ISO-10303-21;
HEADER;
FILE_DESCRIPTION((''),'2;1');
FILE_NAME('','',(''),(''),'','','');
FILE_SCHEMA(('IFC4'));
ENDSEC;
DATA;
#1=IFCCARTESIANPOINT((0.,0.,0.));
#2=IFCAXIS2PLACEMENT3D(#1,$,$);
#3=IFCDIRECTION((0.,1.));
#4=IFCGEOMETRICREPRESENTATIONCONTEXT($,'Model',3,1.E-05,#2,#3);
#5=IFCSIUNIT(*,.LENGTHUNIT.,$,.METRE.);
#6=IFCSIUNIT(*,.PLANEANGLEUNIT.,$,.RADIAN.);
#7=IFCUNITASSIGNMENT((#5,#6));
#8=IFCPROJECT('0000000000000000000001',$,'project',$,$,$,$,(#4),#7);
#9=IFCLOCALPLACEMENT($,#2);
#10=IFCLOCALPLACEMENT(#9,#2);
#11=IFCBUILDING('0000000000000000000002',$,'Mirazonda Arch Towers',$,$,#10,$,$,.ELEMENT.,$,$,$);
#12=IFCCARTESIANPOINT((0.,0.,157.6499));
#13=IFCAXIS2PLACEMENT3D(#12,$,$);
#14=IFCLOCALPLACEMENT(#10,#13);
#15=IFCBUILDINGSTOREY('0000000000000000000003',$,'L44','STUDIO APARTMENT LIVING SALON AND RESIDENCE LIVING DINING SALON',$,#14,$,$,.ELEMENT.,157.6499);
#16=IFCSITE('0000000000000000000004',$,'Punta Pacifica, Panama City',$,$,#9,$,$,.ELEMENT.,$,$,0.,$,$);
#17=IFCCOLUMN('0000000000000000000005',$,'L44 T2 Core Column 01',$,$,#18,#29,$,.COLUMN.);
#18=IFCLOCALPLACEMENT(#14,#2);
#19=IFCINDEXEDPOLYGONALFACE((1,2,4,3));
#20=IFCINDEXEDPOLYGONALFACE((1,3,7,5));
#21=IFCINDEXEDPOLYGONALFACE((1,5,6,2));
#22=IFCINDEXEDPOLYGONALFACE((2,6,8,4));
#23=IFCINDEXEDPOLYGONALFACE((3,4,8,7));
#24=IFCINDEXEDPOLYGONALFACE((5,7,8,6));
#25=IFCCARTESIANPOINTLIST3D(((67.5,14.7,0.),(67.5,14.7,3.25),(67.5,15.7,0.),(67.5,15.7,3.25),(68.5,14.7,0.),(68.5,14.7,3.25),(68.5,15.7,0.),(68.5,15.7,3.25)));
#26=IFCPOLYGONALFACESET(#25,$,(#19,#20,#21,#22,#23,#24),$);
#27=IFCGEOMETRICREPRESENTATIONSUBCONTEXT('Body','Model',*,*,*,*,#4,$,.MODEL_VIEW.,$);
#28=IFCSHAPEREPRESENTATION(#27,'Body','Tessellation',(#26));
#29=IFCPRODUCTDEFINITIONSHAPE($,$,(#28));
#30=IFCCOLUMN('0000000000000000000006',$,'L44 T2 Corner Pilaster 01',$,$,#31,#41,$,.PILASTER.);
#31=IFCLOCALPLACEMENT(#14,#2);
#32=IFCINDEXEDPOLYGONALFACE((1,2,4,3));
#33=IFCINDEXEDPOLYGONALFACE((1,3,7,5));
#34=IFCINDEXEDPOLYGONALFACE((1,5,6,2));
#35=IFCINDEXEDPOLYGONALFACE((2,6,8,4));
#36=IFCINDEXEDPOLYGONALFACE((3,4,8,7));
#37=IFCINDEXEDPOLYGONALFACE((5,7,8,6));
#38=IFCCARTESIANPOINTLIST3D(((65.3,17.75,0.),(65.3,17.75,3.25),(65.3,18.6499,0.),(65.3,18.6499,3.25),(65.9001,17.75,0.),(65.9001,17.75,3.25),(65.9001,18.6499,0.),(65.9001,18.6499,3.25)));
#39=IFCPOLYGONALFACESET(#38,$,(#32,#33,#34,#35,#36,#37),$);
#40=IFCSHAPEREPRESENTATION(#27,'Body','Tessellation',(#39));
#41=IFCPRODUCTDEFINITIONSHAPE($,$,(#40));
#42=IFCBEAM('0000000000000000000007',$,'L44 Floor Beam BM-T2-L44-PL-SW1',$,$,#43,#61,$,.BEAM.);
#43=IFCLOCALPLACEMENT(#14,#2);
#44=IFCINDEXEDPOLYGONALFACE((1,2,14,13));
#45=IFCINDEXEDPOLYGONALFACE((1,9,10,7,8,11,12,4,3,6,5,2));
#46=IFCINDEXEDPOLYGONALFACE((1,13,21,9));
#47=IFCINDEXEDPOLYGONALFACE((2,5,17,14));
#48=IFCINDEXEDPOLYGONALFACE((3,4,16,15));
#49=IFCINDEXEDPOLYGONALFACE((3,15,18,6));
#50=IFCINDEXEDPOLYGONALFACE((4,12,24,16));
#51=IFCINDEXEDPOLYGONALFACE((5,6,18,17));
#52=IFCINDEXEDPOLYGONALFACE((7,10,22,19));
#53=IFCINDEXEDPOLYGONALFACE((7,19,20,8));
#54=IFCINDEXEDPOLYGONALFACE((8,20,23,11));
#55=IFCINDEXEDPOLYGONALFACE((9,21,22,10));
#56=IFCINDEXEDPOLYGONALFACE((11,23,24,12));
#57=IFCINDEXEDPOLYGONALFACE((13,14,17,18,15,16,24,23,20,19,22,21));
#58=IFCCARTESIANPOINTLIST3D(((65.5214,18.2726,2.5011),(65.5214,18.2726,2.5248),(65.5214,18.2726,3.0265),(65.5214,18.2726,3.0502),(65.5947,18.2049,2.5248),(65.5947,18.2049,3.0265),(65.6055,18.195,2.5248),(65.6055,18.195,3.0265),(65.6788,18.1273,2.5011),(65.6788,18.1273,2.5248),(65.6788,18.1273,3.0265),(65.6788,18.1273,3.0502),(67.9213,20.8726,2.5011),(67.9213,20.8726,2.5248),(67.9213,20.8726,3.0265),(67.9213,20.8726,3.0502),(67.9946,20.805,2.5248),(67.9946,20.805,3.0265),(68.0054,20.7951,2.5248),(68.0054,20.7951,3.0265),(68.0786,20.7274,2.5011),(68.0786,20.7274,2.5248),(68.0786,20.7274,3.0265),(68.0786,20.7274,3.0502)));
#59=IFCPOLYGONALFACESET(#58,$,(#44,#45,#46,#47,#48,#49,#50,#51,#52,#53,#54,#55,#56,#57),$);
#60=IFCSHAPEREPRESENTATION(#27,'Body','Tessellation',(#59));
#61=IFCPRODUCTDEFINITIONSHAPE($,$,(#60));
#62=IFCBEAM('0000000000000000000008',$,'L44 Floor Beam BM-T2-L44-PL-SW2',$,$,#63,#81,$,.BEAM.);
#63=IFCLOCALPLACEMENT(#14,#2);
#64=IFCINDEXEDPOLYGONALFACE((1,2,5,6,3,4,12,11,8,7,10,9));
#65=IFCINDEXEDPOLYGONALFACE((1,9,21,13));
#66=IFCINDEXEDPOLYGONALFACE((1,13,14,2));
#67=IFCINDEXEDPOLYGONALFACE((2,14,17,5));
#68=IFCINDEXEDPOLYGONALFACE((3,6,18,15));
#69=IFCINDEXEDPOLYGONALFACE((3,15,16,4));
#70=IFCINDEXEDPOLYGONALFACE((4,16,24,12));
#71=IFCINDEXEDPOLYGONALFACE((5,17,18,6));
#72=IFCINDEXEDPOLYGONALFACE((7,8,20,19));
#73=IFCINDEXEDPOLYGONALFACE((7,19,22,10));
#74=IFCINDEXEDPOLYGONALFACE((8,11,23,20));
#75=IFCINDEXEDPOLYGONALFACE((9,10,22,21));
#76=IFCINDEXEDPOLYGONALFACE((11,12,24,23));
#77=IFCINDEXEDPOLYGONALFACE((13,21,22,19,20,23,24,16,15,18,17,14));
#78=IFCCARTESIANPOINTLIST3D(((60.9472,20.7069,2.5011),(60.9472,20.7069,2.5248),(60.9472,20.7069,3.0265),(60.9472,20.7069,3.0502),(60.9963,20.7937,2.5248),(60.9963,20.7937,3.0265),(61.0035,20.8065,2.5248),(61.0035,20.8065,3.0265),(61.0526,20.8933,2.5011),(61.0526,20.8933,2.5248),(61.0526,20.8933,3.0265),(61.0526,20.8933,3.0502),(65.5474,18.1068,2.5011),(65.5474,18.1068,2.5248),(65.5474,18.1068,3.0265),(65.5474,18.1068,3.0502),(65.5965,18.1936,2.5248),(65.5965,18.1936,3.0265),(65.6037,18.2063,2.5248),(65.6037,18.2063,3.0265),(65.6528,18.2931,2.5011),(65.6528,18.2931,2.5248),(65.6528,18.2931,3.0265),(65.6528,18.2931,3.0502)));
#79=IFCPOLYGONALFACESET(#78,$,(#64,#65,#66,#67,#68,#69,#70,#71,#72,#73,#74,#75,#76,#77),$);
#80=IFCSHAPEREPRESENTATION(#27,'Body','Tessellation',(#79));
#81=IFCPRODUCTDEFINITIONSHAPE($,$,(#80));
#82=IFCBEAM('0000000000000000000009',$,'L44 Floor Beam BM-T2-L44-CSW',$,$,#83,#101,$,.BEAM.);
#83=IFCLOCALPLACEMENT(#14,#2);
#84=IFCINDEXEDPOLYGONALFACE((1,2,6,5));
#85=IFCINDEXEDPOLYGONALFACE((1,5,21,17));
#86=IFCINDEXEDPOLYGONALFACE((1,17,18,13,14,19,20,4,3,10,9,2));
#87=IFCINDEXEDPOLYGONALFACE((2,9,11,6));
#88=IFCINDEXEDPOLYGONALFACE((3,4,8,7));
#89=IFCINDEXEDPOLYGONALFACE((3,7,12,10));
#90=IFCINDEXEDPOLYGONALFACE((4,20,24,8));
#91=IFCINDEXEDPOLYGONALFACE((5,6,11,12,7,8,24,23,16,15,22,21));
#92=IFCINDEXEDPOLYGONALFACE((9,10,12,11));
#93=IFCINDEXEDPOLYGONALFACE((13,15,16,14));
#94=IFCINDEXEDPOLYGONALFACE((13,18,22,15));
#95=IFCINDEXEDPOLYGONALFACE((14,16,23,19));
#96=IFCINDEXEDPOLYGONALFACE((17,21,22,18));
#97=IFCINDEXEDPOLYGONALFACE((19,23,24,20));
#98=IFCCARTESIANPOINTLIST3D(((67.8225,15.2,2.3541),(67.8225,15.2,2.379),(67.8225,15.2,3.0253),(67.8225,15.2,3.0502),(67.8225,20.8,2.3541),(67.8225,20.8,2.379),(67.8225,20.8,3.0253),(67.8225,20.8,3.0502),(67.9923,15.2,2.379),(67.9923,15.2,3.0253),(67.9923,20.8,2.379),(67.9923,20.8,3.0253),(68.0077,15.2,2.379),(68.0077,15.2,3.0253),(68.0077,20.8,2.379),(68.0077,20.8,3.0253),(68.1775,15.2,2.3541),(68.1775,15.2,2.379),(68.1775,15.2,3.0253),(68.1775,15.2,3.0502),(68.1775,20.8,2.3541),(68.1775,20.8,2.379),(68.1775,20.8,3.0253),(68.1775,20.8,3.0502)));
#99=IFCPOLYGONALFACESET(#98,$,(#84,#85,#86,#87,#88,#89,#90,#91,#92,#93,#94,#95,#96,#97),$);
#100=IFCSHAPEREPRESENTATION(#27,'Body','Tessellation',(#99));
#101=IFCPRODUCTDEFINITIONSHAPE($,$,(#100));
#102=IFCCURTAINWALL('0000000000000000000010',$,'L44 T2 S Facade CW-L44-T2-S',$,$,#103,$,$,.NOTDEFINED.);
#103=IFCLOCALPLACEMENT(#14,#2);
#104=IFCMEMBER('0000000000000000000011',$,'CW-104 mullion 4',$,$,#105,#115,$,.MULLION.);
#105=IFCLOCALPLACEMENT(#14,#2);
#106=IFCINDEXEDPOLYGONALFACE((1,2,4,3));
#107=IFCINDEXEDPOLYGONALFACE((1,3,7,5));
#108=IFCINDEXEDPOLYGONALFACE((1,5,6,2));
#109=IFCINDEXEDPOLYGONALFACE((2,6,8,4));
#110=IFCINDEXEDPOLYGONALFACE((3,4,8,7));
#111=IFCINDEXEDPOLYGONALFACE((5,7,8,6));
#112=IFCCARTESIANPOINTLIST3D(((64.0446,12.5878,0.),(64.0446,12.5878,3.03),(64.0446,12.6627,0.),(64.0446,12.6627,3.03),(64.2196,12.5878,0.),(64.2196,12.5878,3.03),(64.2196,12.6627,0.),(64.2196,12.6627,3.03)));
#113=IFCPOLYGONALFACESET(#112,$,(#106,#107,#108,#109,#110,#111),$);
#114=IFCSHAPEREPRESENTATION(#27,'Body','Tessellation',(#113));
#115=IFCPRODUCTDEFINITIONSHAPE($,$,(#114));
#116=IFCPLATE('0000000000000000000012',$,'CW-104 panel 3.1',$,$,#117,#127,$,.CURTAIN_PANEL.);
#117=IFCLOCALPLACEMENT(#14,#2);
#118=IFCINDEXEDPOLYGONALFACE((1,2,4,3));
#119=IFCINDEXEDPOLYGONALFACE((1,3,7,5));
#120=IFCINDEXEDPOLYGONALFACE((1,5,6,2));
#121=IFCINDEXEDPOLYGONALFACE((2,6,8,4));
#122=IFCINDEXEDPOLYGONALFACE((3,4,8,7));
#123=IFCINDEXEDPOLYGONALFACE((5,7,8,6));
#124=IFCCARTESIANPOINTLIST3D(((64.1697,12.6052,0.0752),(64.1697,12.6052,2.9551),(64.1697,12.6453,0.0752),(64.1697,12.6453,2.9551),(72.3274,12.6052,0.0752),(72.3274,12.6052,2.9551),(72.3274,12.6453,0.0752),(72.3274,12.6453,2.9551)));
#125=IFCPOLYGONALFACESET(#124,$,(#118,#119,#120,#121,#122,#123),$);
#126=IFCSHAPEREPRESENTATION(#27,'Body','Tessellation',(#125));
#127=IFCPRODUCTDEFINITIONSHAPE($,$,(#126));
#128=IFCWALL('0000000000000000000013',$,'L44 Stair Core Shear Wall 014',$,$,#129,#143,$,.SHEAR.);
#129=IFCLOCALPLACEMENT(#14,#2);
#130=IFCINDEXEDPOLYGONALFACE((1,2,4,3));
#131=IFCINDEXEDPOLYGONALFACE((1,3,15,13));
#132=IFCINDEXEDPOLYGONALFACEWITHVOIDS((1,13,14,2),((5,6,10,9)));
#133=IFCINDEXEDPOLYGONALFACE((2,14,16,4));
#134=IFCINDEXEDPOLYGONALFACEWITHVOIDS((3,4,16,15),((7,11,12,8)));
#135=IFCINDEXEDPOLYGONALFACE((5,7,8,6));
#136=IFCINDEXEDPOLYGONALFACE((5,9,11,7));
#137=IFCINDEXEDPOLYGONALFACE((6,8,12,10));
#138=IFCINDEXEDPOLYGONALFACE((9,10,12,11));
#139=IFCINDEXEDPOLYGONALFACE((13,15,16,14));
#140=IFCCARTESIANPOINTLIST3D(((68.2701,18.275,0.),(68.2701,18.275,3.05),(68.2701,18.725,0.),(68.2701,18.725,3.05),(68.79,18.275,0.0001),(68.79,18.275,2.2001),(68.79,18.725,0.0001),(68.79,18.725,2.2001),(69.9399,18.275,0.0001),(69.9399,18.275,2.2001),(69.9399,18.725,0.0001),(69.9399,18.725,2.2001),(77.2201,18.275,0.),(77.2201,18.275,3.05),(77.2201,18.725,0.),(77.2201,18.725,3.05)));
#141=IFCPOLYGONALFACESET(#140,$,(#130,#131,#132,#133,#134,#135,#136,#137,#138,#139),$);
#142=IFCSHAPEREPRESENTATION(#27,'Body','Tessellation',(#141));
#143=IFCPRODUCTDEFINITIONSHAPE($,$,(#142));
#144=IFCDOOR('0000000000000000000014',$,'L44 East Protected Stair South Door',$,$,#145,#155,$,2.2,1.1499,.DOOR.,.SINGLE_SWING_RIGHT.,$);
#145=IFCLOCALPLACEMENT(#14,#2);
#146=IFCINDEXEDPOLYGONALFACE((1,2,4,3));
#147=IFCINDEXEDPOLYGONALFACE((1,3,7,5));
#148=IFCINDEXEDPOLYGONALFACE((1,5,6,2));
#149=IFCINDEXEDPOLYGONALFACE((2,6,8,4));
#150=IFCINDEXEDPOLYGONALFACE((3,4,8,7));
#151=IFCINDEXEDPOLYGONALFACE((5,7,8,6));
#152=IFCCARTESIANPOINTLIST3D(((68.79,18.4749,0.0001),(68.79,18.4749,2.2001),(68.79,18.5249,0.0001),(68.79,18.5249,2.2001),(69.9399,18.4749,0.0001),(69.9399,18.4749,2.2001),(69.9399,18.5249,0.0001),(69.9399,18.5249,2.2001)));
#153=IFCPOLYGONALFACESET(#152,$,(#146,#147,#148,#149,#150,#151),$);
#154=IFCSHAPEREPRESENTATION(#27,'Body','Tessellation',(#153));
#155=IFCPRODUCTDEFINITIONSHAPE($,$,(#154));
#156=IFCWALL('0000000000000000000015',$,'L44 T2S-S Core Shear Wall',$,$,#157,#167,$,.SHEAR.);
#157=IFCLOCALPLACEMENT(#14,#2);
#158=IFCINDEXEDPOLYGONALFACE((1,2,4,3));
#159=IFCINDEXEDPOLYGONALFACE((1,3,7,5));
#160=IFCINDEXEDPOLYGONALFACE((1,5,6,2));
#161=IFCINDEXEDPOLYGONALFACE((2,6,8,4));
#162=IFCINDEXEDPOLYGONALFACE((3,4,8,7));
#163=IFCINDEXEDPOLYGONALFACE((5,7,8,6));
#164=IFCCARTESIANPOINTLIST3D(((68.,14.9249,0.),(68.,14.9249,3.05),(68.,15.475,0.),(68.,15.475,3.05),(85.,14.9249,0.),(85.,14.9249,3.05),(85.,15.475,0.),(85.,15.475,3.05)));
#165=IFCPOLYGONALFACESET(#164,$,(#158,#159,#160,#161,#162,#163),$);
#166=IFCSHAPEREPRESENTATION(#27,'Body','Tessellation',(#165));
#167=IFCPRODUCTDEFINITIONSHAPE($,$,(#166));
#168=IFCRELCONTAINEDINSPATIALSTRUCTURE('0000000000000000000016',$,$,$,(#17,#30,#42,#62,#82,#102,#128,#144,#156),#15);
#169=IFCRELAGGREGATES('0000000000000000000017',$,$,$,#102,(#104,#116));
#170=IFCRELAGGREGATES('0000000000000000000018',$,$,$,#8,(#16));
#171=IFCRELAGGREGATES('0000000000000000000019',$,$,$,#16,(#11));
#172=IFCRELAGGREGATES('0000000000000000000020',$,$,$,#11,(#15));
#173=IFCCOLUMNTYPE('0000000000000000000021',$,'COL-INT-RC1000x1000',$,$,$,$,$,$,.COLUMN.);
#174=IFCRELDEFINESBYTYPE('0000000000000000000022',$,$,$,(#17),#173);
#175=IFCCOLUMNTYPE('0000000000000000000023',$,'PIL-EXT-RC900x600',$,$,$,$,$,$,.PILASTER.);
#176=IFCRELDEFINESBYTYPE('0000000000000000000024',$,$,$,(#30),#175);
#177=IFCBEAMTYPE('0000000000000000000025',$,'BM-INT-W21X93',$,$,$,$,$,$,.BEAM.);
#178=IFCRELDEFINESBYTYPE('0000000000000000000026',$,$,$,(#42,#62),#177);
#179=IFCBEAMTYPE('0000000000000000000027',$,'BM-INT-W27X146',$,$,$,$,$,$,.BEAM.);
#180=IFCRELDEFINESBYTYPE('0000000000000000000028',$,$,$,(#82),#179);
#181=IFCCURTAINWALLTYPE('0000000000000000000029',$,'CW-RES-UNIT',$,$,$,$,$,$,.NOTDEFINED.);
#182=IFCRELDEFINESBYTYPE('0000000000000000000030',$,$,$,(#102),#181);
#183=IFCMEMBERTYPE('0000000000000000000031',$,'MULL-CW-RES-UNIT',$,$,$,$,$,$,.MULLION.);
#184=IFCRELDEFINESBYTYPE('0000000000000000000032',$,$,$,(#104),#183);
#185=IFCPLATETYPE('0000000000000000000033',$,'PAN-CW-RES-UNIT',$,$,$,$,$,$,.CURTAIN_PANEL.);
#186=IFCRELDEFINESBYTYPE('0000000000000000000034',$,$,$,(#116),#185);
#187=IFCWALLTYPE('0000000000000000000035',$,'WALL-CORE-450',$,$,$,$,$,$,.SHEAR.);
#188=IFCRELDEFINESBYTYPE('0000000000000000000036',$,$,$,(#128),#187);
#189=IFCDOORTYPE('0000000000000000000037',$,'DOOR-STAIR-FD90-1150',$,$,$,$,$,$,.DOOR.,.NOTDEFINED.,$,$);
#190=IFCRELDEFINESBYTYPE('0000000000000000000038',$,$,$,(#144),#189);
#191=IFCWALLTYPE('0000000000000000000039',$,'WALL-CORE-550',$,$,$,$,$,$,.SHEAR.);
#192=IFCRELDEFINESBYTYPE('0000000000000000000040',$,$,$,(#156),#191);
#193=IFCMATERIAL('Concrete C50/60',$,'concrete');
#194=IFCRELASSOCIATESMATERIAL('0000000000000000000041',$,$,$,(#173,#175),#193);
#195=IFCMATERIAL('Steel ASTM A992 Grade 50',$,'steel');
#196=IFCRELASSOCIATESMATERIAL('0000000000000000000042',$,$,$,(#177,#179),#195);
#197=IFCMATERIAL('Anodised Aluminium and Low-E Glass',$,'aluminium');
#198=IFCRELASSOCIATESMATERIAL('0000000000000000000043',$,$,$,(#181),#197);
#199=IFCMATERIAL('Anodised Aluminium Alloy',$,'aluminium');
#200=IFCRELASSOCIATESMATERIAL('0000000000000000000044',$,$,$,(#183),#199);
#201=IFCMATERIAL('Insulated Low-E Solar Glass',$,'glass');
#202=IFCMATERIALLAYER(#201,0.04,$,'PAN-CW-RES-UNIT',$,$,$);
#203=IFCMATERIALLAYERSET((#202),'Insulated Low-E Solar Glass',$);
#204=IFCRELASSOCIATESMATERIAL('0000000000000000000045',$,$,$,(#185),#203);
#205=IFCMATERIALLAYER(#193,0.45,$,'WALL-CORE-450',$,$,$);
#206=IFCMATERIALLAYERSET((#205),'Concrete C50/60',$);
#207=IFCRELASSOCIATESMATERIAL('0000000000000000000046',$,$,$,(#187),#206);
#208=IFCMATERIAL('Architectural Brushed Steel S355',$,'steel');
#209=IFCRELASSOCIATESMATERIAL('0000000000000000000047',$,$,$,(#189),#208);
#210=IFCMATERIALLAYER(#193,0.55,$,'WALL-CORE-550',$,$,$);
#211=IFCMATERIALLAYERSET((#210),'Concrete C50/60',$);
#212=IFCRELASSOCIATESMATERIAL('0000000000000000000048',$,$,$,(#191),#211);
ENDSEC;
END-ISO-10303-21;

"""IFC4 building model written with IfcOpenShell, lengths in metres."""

from ifc_helpers import new_model, si_unit, direction, frame, frame_2d, origin, origin_2d, place, context, subcontext, project, spatial, rectangle, i_section, extrude, material, layer, layer_set, material_profile, profile_set, type_object, element, fill, aggregate, save


model = new_model("IFC4")

# Units and contexts
model_context = context("Model", 3, precision=1e-05, world=origin(), true_north=direction((0.0, 1.0)))
body_context = subcontext(model_context, "Body", "Model", "MODEL_VIEW")
ifc_project = project(units=[si_unit("LENGTHUNIT", "METRE"), si_unit("PLANEANGLEUNIT", "RADIAN")], contexts=[model_context])

# Site, building, storey
site_placement = place(None, origin())
site = spatial("IfcSite", under=ifc_project, at=site_placement, Name="Punta Pacifica, Panama City", CompositionType="ELEMENT", RefElevation=0.0)
building_placement = place(site_placement, origin())
building = spatial("IfcBuilding", under=site, at=building_placement, Name="Mirazonda Arch Towers", CompositionType="ELEMENT")
storey_placement = place(building_placement, frame((0.0, 0.0, 157.6499)))
storey = spatial("IfcBuildingStorey", under=building, at=storey_placement, Name="L44", Description="STUDIO APARTMENT LIVING SALON AND RESIDENCE LIVING DINING SALON", CompositionType="ELEMENT", Elevation=157.6499)

# Columns
ifc_material_1 = material(Name="Concrete C50/60", Category="concrete")
ifc_material_profile_1 = material_profile(ifc_material_1, rectangle(XDim=1.0, YDim=1.0, at=origin_2d()), Name="RC1000x1000")
ifc_profile_set_1 = profile_set([ifc_material_profile_1], Name="Concrete C50/60")
column_type_1 = type_object("IfcColumnType", Name="COL-INT-RC1000x1000", PredefinedType="COLUMN", material=ifc_profile_set_1)
column_1_placement = place(storey_placement, frame((68.0, 15.2, 0.0), z_axis=(0.0, 0.0, 1.0), x_axis=(1.0, 0.0, 0.0)))
element("IfcColumn", 1, at=column_1_placement, inside=storey, type_object=column_type_1, Name="L44 T2 Core Column 01", PredefinedType="COLUMN", context=body_context, shape_type="SweptSolid", body=[
    extrude(rectangle(XDim=1.0, YDim=1.0, at=origin_2d()), origin(), (0.0, 0.0, 1.0), 3.25),
])
ifc_material_profile_2 = material_profile(ifc_material_1, rectangle(XDim=0.6001, YDim=0.8999, at=origin_2d()), Name="RC900x600")
ifc_profile_set_2 = profile_set([ifc_material_profile_2], Name="Concrete C50/60")
column_type_2 = type_object("IfcColumnType", Name="PIL-EXT-RC900x600", PredefinedType="PILASTER", material=ifc_profile_set_2)
column_2_placement = place(storey_placement, frame((65.6001, 18.2, 0.0), z_axis=(0.0, 0.0, 1.0), x_axis=(1.0, 0.0, 0.0)))
element("IfcColumn", 2, at=column_2_placement, inside=storey, type_object=column_type_2, Name="L44 T2 Corner Pilaster 01", PredefinedType="PILASTER", context=body_context, shape_type="SweptSolid", body=[
    extrude(rectangle(XDim=0.6001, YDim=0.8999, at=origin_2d()), origin(), (0.0, 0.0, 1.0), 3.25),
])

# Beams
ifc_material_2 = material(Name="Steel ASTM A992 Grade 50", Category="steel")
ifc_material_profile_3 = material_profile(ifc_material_2, i_section(OverallWidth=0.2141, OverallDepth=0.5491, WebThickness=0.0146, FlangeThickness=0.0237, at=origin_2d()), Name="W21X93")
ifc_profile_set_3 = profile_set([ifc_material_profile_3], Name="Steel ASTM A992 Grade 50")
beam_type_1 = type_object("IfcBeamType", Name="BM-INT-W21X93", PredefinedType="BEAM", material=ifc_profile_set_3)
beam_1_placement = place(storey_placement, frame((65.6001, 18.2, 2.7756), z_axis=(0.678251, 0.73483, 0.0), x_axis=(-0.73483, 0.678251, 0.0)))
element("IfcBeam", 3, at=beam_1_placement, inside=storey, type_object=beam_type_1, Name="L44 Floor Beam BM-T2-L44-PL-SW1", PredefinedType="BEAM", context=body_context, shape_type="SweptSolid", body=[
    extrude(i_section(OverallWidth=0.2141, OverallDepth=0.5491, WebThickness=0.0146, FlangeThickness=0.0237, at=origin_2d()), origin(), (0.0, 0.0, 1.0), 3.5383),
])
beam_2_placement = place(storey_placement, frame((65.6001, 18.2, 2.7756), z_axis=(-0.870559, 0.492063, 0.0), x_axis=(-0.492063, -0.870559, 0.0)))
element("IfcBeam", 4, at=beam_2_placement, inside=storey, type_object=beam_type_1, Name="L44 Floor Beam BM-T2-L44-PL-SW2", PredefinedType="BEAM", context=body_context, shape_type="SweptSolid", body=[
    extrude(i_section(OverallWidth=0.2141, OverallDepth=0.5491, WebThickness=0.0146, FlangeThickness=0.0237, at=origin_2d()), origin(), (0.0, 0.0, 1.0), 5.2842),
])
ifc_material_profile_4 = material_profile(ifc_material_2, i_section(OverallWidth=0.355, OverallDepth=0.696, WebThickness=0.0154, FlangeThickness=0.0249, at=origin_2d()), Name="W27X146")
ifc_profile_set_4 = profile_set([ifc_material_profile_4], Name="Steel ASTM A992 Grade 50")
beam_type_2 = type_object("IfcBeamType", Name="BM-INT-W27X146", PredefinedType="BEAM", material=ifc_profile_set_4)
beam_3_placement = place(storey_placement, frame((68.0, 15.2, 2.7021), z_axis=(0.0, 1.0, 0.0), x_axis=(-1.0, 0.0, 0.0)))
element("IfcBeam", 5, at=beam_3_placement, inside=storey, type_object=beam_type_2, Name="L44 Floor Beam BM-T2-L44-CSW", PredefinedType="BEAM", context=body_context, shape_type="SweptSolid", body=[
    extrude(i_section(OverallWidth=0.355, OverallDepth=0.696, WebThickness=0.0154, FlangeThickness=0.0249, at=origin_2d()), origin(), (0.0, 0.0, 1.0), 5.6001),
])

# Curtain wall, member, plate
ifc_material_3 = material(Name="Anodised Aluminium and Low-E Glass", Category="aluminium")
curtain_wall_type = type_object("IfcCurtainWallType", Name="CW-RES-UNIT", PredefinedType="NOTDEFINED", material=ifc_material_3)
curtain_wall_placement = place(storey_placement, origin())
curtain_wall = element("IfcCurtainWall", 6, at=curtain_wall_placement, inside=storey, type_object=curtain_wall_type, Name="L44 T2 S Facade CW-L44-T2-S", PredefinedType="NOTDEFINED")
ifc_material_4 = material(Name="Anodised Aluminium Alloy", Category="aluminium")
ifc_material_profile_5 = material_profile(ifc_material_4, rectangle(XDim=0.075, YDim=0.175, at=origin_2d()), Name="ALU-MULL-75x175")
ifc_profile_set_5 = profile_set([ifc_material_profile_5], Name="Anodised Aluminium Alloy")
member_type = type_object("IfcMemberType", Name="MULL-CW-RES-UNIT", PredefinedType="MULLION", material=ifc_profile_set_5)
member_placement = place(storey_placement, frame((64.1321, 12.6252, 0.0), z_axis=(0.0, 0.0, 1.0), x_axis=(0.0, -1.0, 0.0)))
member = element("IfcMember", 7, at=member_placement, type_object=member_type, Name="CW-104 mullion 4", PredefinedType="MULLION", context=body_context, shape_type="SweptSolid", body=[
    extrude(rectangle(XDim=0.075, YDim=0.175, at=origin_2d()), origin(), (0.0, 0.0, 1.0), 3.03),
])
ifc_material_5 = material(Name="Insulated Low-E Solar Glass", Category="glass")
ifc_layer_1 = layer(ifc_material_5, 0.04, Name="PAN-CW-RES-UNIT")
ifc_layer_set_1 = layer_set([ifc_layer_1], Name="Insulated Low-E Solar Glass")
plate_type = type_object("IfcPlateType", Name="PAN-CW-RES-UNIT", PredefinedType="CURTAIN_PANEL", material=ifc_layer_set_1)
plate_placement = place(storey_placement, frame((68.2485, 12.6252, 0.0752), z_axis=(0.0, 0.0, 1.0), x_axis=(-1.0, 0.0, 0.0)))
plate = element("IfcPlate", 8, at=plate_placement, type_object=plate_type, Name="CW-104 panel 3.1", PredefinedType="CURTAIN_PANEL", context=body_context, shape_type="SweptSolid", body=[
    extrude(rectangle(XDim=8.1577, YDim=0.04, at=origin_2d()), origin(), (0.0, 0.0, 1.0), 2.8799),
])
aggregate(curtain_wall, [member, plate])

# Wall, opening, door
ifc_layer_2 = layer(ifc_material_1, 0.45, Name="WALL-CORE-450")
ifc_layer_set_2 = layer_set([ifc_layer_2], Name="Concrete C50/60")
wall_type_1 = type_object("IfcWallType", Name="WALL-CORE-450", PredefinedType="SHEAR", material=ifc_layer_set_2)
wall_1_placement = place(storey_placement, frame((68.27, 18.5, 0.0), z_axis=(0.0, 0.0, 1.0), x_axis=(1.0, 0.0, 0.0)))
wall_1 = element("IfcWall", 9, at=wall_1_placement, inside=storey, type_object=wall_type_1, Name="L44 Stair Core Shear Wall 014", PredefinedType="SHEAR", context=body_context, shape_type="SweptSolid", body=[
    extrude(rectangle(XDim=8.95, YDim=0.45, at=frame_2d((4.4751, 0.0))), origin(), (0.0, 0.0, 1.0), 3.05),
])
opening_1_placement = place(wall_1_placement, frame((0.52, 0.0, 0.0)))
opening_1 = element("IfcOpeningElement", 10, at=opening_1_placement, cuts=wall_1, PredefinedType="OPENING", context=body_context, shape_type="SweptSolid", body=[
    extrude(rectangle(XDim=1.1499, YDim=2.2, at=frame_2d((0.575, 1.1001))), frame((0.0, 0.2349, 0.0), z_axis=(0.0, -1.0, 0.0), x_axis=(1.0, 0.0, 0.0)), (0.0, 0.0, 1.0), 0.47),
])
ifc_material_6 = material(Name="Architectural Brushed Steel S355", Category="steel")
door_type = type_object("IfcDoorType", Name="DOOR-STAIR-FD90-1150", OperationType="NOTDEFINED", PredefinedType="DOOR", material=ifc_material_6)
door_placement = place(opening_1_placement, origin())
door = element("IfcDoor", 11, at=door_placement, inside=storey, type_object=door_type, Name="L44 East Protected Stair South Door", OperationType="SINGLE_SWING_RIGHT", OverallHeight=2.2, OverallWidth=1.1499, PredefinedType="DOOR", context=body_context, shape_type="SweptSolid", body=[
    extrude(rectangle(XDim=1.1499, YDim=2.2, at=frame_2d((0.575, 1.1001))), frame((0.0, 0.0249, 0.0), z_axis=(0.0, -1.0, 0.0), x_axis=(1.0, 0.0, 0.0)), (0.0, 0.0, 1.0), 0.05),
])
fill(opening_1, door)

# Wall
ifc_layer_3 = layer(ifc_material_1, 0.55, Name="WALL-CORE-550")
ifc_layer_set_3 = layer_set([ifc_layer_3], Name="Concrete C50/60")
wall_type_2 = type_object("IfcWallType", Name="WALL-CORE-550", PredefinedType="SHEAR", material=ifc_layer_set_3)
wall_2_placement = place(storey_placement, frame((68.0, 15.2, 0.0), z_axis=(0.0, 0.0, 1.0), x_axis=(1.0, 0.0, 0.0)))
element("IfcWall", 12, at=wall_2_placement, inside=storey, type_object=wall_type_2, Name="L44 T2S-S Core Shear Wall", PredefinedType="SHEAR", context=body_context, shape_type="SweptSolid", body=[
    extrude(rectangle(XDim=17.0, YDim=0.55, at=frame_2d((8.5, 0.0))), origin(), (0.0, 0.0, 1.0), 3.05),
])

save(model, "model.ifc")
